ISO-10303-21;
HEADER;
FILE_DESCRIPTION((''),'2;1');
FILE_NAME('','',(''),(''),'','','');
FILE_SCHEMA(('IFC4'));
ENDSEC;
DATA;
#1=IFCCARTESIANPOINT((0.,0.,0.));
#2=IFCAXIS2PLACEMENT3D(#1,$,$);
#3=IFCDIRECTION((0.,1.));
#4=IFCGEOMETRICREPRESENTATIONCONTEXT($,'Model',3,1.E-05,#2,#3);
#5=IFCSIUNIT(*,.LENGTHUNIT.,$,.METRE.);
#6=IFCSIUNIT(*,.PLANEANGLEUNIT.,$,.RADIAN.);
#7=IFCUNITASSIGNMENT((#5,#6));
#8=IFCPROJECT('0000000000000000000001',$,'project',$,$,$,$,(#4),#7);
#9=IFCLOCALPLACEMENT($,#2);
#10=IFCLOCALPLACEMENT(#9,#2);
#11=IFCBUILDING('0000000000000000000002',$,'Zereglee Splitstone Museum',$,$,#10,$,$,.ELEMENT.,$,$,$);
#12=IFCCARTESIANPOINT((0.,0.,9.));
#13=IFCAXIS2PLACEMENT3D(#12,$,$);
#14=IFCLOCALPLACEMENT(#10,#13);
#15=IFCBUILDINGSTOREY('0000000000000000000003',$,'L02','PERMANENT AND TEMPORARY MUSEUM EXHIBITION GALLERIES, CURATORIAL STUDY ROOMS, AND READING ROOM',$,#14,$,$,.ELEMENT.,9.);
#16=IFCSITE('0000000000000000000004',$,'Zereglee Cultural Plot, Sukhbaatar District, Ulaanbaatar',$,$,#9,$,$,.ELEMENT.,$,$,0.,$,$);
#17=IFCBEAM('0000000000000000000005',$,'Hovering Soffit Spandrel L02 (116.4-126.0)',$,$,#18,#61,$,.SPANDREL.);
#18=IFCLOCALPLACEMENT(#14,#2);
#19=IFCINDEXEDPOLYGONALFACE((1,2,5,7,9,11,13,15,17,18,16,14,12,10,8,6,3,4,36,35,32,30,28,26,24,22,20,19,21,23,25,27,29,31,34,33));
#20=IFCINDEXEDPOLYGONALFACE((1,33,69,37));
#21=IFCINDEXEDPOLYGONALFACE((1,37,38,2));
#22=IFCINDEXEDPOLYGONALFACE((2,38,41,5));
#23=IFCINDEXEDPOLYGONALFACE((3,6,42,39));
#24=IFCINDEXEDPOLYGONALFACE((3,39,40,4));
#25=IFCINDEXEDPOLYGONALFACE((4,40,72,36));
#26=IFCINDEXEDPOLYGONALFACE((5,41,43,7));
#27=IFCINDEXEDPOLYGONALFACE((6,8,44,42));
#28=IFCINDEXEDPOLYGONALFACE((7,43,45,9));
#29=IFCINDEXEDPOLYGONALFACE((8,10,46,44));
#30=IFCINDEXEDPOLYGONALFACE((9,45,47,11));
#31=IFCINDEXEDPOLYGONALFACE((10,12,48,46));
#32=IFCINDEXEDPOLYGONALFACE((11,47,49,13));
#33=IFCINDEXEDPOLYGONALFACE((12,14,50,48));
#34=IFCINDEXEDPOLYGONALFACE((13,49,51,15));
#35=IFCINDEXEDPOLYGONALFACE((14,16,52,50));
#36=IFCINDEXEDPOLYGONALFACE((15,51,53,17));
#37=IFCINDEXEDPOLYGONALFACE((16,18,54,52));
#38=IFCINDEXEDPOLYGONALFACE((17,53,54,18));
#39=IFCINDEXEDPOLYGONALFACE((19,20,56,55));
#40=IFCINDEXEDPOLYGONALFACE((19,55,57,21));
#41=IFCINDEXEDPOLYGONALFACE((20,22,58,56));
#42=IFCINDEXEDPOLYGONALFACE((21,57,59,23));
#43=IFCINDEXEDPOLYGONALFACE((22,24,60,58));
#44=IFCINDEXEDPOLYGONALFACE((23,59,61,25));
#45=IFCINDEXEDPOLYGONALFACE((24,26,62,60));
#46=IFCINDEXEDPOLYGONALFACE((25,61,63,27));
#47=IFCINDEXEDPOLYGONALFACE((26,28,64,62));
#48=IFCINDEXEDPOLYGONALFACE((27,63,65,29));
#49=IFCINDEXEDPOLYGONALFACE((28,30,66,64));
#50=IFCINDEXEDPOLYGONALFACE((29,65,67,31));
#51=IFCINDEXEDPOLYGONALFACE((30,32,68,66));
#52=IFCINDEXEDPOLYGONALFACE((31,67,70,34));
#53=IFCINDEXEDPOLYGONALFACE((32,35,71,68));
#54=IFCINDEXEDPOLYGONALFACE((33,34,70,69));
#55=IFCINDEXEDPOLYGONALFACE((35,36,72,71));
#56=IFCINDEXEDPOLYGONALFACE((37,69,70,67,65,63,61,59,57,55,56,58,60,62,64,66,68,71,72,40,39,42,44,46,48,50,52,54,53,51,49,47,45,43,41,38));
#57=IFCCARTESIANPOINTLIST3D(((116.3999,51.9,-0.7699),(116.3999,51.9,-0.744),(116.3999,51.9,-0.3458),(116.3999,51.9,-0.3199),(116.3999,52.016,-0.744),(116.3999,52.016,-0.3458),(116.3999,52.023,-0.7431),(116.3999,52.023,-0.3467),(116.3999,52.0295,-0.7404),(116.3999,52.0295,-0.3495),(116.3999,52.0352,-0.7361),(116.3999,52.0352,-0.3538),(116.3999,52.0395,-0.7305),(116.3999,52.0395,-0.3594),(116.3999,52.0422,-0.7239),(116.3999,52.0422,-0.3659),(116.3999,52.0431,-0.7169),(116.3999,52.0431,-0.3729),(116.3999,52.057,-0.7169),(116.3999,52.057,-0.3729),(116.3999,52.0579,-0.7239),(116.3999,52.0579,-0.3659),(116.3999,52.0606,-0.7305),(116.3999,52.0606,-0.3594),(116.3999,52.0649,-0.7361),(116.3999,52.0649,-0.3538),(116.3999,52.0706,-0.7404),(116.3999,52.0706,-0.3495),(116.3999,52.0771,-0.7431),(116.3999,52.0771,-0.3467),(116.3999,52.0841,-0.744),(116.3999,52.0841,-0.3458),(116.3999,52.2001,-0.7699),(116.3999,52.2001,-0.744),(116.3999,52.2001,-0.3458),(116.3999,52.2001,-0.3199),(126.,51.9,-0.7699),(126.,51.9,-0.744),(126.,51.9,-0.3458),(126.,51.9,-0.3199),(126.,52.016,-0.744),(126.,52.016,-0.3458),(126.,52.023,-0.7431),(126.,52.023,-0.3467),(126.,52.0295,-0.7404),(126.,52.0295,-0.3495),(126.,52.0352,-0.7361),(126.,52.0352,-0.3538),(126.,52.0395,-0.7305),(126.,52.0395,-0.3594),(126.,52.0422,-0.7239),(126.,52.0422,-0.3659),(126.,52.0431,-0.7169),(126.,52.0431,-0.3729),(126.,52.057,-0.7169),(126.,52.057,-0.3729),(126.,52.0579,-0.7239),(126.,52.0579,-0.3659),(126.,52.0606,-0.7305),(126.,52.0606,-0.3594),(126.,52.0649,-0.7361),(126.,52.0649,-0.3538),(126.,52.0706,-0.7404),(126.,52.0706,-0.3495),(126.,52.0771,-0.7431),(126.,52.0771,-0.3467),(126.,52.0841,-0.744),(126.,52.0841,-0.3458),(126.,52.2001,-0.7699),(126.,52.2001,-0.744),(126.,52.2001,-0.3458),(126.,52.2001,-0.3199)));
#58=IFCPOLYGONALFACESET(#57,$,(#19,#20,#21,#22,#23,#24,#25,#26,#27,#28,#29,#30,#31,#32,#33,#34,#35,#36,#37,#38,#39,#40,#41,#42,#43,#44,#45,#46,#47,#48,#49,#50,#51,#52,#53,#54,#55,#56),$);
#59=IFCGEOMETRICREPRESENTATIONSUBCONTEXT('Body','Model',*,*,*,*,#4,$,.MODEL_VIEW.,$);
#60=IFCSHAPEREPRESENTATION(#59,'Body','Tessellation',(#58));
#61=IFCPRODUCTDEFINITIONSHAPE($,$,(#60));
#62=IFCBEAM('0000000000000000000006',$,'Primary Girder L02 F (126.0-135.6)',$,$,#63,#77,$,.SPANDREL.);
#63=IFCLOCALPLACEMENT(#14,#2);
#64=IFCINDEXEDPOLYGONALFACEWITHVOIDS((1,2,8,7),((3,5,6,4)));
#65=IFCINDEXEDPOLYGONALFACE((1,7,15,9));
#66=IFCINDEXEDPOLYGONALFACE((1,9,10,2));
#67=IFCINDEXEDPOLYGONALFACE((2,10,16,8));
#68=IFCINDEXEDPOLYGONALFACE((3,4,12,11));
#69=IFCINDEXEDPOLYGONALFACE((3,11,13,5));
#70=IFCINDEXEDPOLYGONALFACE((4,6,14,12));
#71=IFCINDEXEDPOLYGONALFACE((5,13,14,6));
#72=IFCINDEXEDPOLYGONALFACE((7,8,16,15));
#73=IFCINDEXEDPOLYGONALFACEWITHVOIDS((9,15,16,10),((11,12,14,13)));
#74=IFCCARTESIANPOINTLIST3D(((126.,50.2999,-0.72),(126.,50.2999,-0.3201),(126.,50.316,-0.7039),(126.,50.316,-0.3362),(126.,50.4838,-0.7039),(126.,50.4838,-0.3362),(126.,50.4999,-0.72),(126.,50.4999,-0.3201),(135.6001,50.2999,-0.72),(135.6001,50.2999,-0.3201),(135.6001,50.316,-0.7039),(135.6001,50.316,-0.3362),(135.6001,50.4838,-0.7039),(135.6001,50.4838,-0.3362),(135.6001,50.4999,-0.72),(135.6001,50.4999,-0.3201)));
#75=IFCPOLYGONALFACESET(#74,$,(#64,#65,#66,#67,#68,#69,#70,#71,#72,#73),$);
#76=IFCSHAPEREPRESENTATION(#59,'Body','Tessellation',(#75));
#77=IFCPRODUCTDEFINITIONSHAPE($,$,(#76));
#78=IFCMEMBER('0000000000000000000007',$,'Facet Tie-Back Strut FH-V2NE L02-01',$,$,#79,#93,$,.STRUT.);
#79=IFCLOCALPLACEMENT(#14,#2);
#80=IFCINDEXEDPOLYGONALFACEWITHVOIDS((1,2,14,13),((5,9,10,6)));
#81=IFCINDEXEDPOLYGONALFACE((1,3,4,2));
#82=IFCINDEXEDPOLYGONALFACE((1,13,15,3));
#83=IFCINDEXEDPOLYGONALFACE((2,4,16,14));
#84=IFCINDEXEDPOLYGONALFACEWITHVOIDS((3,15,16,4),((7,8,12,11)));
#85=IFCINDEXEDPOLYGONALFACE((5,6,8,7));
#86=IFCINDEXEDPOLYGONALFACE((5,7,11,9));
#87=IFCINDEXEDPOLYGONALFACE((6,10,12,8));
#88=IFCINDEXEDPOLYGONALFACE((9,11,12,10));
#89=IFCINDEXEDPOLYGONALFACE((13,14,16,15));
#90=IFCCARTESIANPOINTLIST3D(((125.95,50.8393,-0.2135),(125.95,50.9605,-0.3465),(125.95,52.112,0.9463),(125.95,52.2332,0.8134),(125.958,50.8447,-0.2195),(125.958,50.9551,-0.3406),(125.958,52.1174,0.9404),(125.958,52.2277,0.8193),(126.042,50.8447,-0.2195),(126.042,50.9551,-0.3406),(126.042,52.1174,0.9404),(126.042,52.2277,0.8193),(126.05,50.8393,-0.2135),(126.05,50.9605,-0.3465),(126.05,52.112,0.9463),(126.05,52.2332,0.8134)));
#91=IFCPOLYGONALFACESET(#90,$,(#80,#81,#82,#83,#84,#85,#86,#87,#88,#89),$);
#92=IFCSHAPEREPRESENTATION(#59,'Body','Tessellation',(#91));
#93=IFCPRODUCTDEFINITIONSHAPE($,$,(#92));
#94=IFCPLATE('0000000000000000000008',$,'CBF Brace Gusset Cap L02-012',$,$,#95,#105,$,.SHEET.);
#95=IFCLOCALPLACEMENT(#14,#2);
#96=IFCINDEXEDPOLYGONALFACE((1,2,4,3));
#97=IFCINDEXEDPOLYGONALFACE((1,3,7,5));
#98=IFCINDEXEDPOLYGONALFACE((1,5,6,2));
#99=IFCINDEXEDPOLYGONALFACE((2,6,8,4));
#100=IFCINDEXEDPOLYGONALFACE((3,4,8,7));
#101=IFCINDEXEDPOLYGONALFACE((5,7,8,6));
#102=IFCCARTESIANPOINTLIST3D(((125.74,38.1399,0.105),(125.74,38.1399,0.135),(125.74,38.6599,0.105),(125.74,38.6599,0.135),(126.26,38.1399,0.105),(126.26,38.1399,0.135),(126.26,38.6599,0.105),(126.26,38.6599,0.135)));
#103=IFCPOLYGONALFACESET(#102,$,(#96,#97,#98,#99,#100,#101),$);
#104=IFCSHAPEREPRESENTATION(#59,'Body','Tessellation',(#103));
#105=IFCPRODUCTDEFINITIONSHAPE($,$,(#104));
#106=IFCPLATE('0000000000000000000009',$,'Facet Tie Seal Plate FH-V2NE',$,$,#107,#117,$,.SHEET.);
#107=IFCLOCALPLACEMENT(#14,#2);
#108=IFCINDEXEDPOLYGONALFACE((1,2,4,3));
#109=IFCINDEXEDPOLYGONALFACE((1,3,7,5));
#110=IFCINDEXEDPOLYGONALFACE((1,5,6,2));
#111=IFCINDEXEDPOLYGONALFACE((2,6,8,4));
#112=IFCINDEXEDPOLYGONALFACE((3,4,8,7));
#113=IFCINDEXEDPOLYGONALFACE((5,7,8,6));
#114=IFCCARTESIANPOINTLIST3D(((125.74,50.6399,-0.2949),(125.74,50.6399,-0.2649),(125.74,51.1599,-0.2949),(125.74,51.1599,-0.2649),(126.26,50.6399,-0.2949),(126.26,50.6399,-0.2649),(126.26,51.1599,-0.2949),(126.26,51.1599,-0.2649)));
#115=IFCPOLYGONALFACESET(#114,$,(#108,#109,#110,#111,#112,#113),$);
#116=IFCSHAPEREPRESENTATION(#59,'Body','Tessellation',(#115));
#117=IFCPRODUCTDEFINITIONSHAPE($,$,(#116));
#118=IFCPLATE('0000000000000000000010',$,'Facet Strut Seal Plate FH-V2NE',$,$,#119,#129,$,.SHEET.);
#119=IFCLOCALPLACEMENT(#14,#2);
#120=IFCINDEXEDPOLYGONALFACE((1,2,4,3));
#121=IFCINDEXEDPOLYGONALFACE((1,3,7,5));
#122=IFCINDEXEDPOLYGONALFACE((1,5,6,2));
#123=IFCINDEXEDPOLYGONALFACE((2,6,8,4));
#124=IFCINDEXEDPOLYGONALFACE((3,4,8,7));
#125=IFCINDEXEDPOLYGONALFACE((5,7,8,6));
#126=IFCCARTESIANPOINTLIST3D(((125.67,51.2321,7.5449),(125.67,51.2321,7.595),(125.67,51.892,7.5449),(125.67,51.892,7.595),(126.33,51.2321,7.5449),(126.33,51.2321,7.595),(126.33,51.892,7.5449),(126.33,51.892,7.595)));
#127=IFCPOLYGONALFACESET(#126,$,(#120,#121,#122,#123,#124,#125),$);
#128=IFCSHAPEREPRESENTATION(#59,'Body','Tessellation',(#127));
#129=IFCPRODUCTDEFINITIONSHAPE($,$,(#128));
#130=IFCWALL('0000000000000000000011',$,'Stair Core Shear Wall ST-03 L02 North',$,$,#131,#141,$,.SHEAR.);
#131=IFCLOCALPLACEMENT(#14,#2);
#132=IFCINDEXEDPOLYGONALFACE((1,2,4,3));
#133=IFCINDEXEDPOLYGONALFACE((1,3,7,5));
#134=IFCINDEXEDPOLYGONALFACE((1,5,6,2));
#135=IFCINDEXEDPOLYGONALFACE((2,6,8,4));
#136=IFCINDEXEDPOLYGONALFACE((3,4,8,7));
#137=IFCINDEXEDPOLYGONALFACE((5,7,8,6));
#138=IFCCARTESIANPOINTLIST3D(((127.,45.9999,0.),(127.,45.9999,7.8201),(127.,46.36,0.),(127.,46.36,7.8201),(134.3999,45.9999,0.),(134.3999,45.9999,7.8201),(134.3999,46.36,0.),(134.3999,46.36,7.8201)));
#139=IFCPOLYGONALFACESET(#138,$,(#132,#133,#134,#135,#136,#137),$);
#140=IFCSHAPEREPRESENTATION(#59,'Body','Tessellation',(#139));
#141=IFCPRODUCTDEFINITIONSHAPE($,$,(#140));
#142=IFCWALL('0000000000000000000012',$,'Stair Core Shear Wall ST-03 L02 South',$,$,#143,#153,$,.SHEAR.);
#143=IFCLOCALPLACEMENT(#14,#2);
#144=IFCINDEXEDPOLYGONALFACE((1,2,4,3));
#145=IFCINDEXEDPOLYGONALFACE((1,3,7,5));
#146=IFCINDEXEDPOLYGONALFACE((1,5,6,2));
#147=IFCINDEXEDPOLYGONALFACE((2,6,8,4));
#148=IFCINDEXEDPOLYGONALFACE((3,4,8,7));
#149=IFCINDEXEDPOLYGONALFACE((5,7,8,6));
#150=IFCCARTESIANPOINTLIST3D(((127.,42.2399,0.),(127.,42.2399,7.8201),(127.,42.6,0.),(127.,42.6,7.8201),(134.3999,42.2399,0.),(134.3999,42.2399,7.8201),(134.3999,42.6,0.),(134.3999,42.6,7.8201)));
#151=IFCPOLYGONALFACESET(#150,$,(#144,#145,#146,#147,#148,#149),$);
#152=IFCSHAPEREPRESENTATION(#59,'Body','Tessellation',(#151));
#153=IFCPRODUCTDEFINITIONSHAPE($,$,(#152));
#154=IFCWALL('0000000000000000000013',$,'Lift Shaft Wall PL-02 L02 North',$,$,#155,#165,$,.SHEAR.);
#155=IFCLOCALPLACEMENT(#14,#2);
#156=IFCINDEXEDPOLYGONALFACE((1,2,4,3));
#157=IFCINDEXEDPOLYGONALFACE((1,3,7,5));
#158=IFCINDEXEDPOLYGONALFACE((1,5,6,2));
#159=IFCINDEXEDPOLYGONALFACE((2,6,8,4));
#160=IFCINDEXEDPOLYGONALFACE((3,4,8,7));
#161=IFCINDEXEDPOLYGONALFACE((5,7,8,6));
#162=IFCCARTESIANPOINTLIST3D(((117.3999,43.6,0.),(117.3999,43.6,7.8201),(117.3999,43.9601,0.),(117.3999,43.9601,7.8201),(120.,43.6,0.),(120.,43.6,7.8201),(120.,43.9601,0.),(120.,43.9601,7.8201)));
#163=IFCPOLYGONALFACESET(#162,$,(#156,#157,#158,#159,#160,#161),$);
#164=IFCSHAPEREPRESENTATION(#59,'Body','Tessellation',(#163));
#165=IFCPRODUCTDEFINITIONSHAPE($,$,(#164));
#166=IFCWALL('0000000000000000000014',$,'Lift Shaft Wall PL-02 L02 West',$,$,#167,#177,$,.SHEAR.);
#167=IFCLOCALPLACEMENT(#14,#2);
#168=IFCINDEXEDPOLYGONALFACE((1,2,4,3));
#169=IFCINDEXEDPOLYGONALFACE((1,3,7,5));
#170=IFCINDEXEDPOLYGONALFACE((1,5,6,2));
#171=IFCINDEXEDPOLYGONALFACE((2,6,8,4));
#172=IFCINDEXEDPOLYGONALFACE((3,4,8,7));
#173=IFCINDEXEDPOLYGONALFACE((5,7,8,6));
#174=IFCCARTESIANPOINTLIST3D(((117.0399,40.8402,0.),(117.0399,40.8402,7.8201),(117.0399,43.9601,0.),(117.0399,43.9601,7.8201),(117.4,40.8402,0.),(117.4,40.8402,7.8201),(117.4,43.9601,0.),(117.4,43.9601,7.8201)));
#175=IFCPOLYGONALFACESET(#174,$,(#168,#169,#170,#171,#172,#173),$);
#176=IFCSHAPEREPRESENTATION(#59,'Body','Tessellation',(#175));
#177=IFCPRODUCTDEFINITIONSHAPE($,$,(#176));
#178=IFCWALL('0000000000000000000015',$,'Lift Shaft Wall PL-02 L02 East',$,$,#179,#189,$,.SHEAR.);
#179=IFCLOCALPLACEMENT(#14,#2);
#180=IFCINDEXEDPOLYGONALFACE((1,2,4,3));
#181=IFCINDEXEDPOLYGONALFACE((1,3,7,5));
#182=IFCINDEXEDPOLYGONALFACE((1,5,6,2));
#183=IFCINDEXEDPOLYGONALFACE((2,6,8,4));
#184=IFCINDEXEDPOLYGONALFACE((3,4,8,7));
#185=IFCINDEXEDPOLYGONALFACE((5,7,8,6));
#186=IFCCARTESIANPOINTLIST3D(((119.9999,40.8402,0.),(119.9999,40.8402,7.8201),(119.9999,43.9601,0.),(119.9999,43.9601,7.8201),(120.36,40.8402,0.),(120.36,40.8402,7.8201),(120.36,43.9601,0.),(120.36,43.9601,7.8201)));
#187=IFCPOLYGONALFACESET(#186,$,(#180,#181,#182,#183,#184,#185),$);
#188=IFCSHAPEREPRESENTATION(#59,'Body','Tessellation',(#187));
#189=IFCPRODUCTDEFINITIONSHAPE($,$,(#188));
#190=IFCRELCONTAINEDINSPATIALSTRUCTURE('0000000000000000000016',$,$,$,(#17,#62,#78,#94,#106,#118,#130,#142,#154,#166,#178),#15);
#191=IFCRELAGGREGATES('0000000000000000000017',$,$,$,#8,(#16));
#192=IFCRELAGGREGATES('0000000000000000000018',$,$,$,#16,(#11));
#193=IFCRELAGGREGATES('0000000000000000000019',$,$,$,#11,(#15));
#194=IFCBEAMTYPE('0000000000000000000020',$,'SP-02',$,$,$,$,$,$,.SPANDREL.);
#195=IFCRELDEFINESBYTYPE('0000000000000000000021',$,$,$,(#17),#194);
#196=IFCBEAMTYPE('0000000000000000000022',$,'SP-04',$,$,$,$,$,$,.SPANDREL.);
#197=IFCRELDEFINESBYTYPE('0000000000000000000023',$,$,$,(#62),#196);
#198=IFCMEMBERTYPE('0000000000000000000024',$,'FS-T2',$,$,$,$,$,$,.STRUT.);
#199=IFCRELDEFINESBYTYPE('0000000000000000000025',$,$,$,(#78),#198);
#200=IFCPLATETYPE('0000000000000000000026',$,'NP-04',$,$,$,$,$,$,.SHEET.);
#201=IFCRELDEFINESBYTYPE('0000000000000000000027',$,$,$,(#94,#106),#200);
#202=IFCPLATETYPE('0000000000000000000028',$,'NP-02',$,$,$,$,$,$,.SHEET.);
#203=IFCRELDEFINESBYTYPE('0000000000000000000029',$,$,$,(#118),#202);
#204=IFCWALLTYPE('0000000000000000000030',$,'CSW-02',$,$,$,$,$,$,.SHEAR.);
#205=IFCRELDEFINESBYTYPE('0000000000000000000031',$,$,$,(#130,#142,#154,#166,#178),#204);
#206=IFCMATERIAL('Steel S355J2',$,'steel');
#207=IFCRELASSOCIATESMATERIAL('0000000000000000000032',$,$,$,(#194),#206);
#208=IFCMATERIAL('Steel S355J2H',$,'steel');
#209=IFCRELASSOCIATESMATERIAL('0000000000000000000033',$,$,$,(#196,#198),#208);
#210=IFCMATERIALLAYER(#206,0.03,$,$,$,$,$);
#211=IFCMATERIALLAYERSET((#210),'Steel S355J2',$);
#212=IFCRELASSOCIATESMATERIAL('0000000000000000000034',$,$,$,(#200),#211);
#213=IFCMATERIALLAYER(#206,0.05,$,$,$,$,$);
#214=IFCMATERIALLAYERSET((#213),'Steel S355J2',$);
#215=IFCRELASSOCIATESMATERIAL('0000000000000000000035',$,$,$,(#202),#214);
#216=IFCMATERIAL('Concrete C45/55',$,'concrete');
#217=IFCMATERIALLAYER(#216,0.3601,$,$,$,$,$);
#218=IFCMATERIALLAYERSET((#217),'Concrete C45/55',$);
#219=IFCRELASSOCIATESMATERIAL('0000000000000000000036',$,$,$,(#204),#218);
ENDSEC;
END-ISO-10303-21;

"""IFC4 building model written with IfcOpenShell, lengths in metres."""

from ifc_helpers import new_model, si_unit, direction, frame, frame_2d, origin, origin_2d, place, context, subcontext, project, spatial, rectangle, hollow_rectangle, i_section, extrude, material, layer, layer_set, material_profile, profile_set, type_object, element, save


model = new_model("IFC4")

# Units and contexts
model_context = context("Model", 3, precision=1e-05, world=origin(), true_north=direction((0.0, 1.0)))
body_context = subcontext(model_context, "Body", "Model", "MODEL_VIEW")
ifc_project = project(units=[si_unit("LENGTHUNIT", "METRE"), si_unit("PLANEANGLEUNIT", "RADIAN")], contexts=[model_context])

# Site, building, storey
site_placement = place(None, origin())
site = spatial("IfcSite", under=ifc_project, at=site_placement, Name="Zereglee Cultural Plot, Sukhbaatar District, Ulaanbaatar", CompositionType="ELEMENT", RefElevation=0.0)
building_placement = place(site_placement, origin())
building = spatial("IfcBuilding", under=site, at=building_placement, Name="Zereglee Splitstone Museum", CompositionType="ELEMENT")
storey_placement = place(building_placement, frame((0.0, 0.0, 9.0)))
storey = spatial("IfcBuildingStorey", under=building, at=storey_placement, Name="L02", Description="PERMANENT AND TEMPORARY MUSEUM EXHIBITION GALLERIES, CURATORIAL STUDY ROOMS, AND READING ROOM", CompositionType="ELEMENT", Elevation=9.0)

# Shared definitions
ifc_material_1 = material(Name="Steel S355J2H", Category="steel")
ifc_material_2 = material(Name="Steel S355J2", Category="steel")

# Beams
ifc_material_profile_1 = material_profile(ifc_material_2, i_section(OverallWidth=0.3, OverallDepth=0.45, WebThickness=0.0139, FlangeThickness=0.0259, FilletRadius=0.0271, at=origin_2d()), Name="HE 450 B")
ifc_profile_set_1 = profile_set([ifc_material_profile_1], Name="Steel S355J2")
beam_type_1 = type_object("IfcBeamType", Name="SP-02", PredefinedType="SPANDREL", material=ifc_profile_set_1)
beam_1_placement = place(storey_placement, frame((116.3999, 52.05, -0.5449), z_axis=(1.0, 0.0, 0.0), x_axis=(0.0, 1.0, 0.0)))
element("IfcBeam", 1, at=beam_1_placement, inside=storey, type_object=beam_type_1, Name="Hovering Soffit Spandrel L02 (116.4-126.0)", PredefinedType="SPANDREL", context=body_context, shape_type="SweptSolid", body=[
    extrude(i_section(OverallWidth=0.3, OverallDepth=0.45, WebThickness=0.0139, FlangeThickness=0.0259, FilletRadius=0.0271, at=origin_2d()), origin(), (0.0, 0.0, 1.0), 9.6001),
])
ifc_material_profile_2 = material_profile(ifc_material_1, hollow_rectangle(XDim=0.2, YDim=0.3999, WallThickness=0.0161, at=origin_2d()), Name="RHS 400x200x16")
ifc_profile_set_2 = profile_set([ifc_material_profile_2], Name="Steel S355J2H")
beam_type_2 = type_object("IfcBeamType", Name="SP-04", PredefinedType="SPANDREL", material=ifc_profile_set_2)
beam_2_placement = place(storey_placement, frame((126.0, 50.3999, -0.52), z_axis=(1.0, 0.0, 0.0), x_axis=(0.0, 1.0, 0.0)))
element("IfcBeam", 2, at=beam_2_placement, inside=storey, type_object=beam_type_2, Name="Primary Girder L02 F (126.0-135.6)", PredefinedType="SPANDREL", context=body_context, shape_type="SweptSolid", body=[
    extrude(hollow_rectangle(XDim=0.2, YDim=0.3999, WallThickness=0.0161, at=origin_2d()), origin(), (0.0, 0.0, 1.0), 9.6001),
])

# Member
ifc_material_profile_3 = material_profile(ifc_material_1, hollow_rectangle(XDim=0.1001, YDim=0.1799, WallThickness=0.0081, at=origin_2d()), Name="RHS 180x100x8")
ifc_profile_set_3 = profile_set([ifc_material_profile_3], Name="Steel S355J2H")
member_type_1 = type_object("IfcMemberType", Name="FS-T2", PredefinedType="STRUT", material=ifc_profile_set_3)
member_1_placement = place(storey_placement, frame((126.0, 50.8999, -0.28), z_axis=(0.0, 0.739099, 0.673597), x_axis=(-1.0, 0.0, 0.0)))
element("IfcMember", 3, at=member_1_placement, inside=storey, type_object=member_type_1, Name="Facet Tie-Back Strut FH-V2NE L02-01", PredefinedType="STRUT", context=body_context, shape_type="SweptSolid", body=[
    extrude(hollow_rectangle(XDim=0.1001, YDim=0.1799, WallThickness=0.0081, at=origin_2d()), origin(), (0.0, 0.0, 1.0), 1.7219),
])

# Plates
ifc_layer_1 = layer(ifc_material_2, 0.03)
ifc_layer_set_1 = layer_set([ifc_layer_1], Name="Steel S355J2")
plate_type_1 = type_object("IfcPlateType", Name="NP-04", PredefinedType="SHEET", material=ifc_layer_set_1)
for number, where, z_axis, x_axis, name in (
    (4, (126.0, 38.3999, 0.105), (0.0, 0.0, 1.0), (1.0, 0.0, 0.0), "CBF Brace Gusset Cap L02-012"),
    (5, (126.0, 50.8999, -0.2949), (0.0, 0.0, 1.0), (1.0, 0.0, 0.0), "Facet Tie Seal Plate FH-V2NE"),
):
    element("IfcPlate", number, at=place(storey_placement, frame(where, z_axis=z_axis, x_axis=x_axis)), inside=storey, type_object=plate_type_1, Name=name, PredefinedType="SHEET", context=body_context, shape_type="SweptSolid", body=[
        extrude(rectangle(XDim=0.52, YDim=0.52, at=origin_2d()), origin(), (0.0, 0.0, 1.0), 0.03),
    ])
ifc_layer_2 = layer(ifc_material_2, 0.05)
ifc_layer_set_2 = layer_set([ifc_layer_2], Name="Steel S355J2")
plate_type_2 = type_object("IfcPlateType", Name="NP-02", PredefinedType="SHEET", material=ifc_layer_set_2)
plate_placement = place(storey_placement, frame((126.0, 51.562, 7.5449), z_axis=(0.0, 0.0, 1.0), x_axis=(1.0, 0.0, 0.0)))
element("IfcPlate", 6, at=plate_placement, inside=storey, type_object=plate_type_2, Name="Facet Strut Seal Plate FH-V2NE", PredefinedType="SHEET", context=body_context, shape_type="SweptSolid", body=[
    extrude(rectangle(XDim=0.6599, YDim=0.6599, at=origin_2d()), origin(), (0.0, 0.0, 1.0), 0.05),
])

# Shared definitions
ifc_material_3 = material(Name="Concrete C45/55", Category="concrete")
ifc_layer_3 = layer(ifc_material_3, 0.3601)
ifc_layer_set_3 = layer_set([ifc_layer_3], Name="Concrete C45/55")
wall_type_1 = type_object("IfcWallType", Name="CSW-02", PredefinedType="SHEAR", material=ifc_layer_set_3)

# Walls
for number, where, z_axis, x_axis, name in (
    (7, (127.0, 46.1799, 0.0), (0.0, 0.0, 1.0), (1.0, 0.0, 0.0), "Stair Core Shear Wall ST-03 L02 North"),
    (8, (127.0, 42.4199, 0.0), (0.0, 0.0, 1.0), (1.0, 0.0, 0.0), "Stair Core Shear Wall ST-03 L02 South"),
):
    element("IfcWall", number, at=place(storey_placement, frame(where, z_axis=z_axis, x_axis=x_axis)), inside=storey, type_object=wall_type_1, Name=name, PredefinedType="SHEAR", context=body_context, shape_type="SweptSolid", body=[
        extrude(rectangle(XDim=7.3999, YDim=0.3601, at=frame_2d((3.7, 0.0))), origin(), (0.0, 0.0, 1.0), 7.8201),
    ])
wall_1_placement = place(storey_placement, frame((117.3999, 43.78, 0.0), z_axis=(0.0, 0.0, 1.0), x_axis=(1.0, 0.0, 0.0)))
element("IfcWall", 9, at=wall_1_placement, inside=storey, type_object=wall_type_1, Name="Lift Shaft Wall PL-02 L02 North", PredefinedType="SHEAR", context=body_context, shape_type="SweptSolid", body=[
    extrude(rectangle(XDim=2.6001, YDim=0.3601, at=frame_2d((1.3, 0.0))), origin(), (0.0, 0.0, 1.0), 7.8201),
])

# Walls
for number, where, z_axis, x_axis, name in (
    (10, (117.22, 40.8401, 0.0), (0.0, 0.0, 1.0), (0.0, 1.0, 0.0), "Lift Shaft Wall PL-02 L02 West"),
    (11, (120.1799, 40.8401, 0.0), (0.0, 0.0, 1.0), (0.0, 1.0, 0.0), "Lift Shaft Wall PL-02 L02 East"),
):
    element("IfcWall", number, at=place(storey_placement, frame(where, z_axis=z_axis, x_axis=x_axis)), inside=storey, type_object=wall_type_1, Name=name, PredefinedType="SHEAR", context=body_context, shape_type="SweptSolid", body=[
        extrude(rectangle(XDim=3.1199, YDim=0.3601, at=frame_2d((1.5601, 0.0))), origin(), (0.0, 0.0, 1.0), 7.8201),
    ])

save(model, "model.ifc")
